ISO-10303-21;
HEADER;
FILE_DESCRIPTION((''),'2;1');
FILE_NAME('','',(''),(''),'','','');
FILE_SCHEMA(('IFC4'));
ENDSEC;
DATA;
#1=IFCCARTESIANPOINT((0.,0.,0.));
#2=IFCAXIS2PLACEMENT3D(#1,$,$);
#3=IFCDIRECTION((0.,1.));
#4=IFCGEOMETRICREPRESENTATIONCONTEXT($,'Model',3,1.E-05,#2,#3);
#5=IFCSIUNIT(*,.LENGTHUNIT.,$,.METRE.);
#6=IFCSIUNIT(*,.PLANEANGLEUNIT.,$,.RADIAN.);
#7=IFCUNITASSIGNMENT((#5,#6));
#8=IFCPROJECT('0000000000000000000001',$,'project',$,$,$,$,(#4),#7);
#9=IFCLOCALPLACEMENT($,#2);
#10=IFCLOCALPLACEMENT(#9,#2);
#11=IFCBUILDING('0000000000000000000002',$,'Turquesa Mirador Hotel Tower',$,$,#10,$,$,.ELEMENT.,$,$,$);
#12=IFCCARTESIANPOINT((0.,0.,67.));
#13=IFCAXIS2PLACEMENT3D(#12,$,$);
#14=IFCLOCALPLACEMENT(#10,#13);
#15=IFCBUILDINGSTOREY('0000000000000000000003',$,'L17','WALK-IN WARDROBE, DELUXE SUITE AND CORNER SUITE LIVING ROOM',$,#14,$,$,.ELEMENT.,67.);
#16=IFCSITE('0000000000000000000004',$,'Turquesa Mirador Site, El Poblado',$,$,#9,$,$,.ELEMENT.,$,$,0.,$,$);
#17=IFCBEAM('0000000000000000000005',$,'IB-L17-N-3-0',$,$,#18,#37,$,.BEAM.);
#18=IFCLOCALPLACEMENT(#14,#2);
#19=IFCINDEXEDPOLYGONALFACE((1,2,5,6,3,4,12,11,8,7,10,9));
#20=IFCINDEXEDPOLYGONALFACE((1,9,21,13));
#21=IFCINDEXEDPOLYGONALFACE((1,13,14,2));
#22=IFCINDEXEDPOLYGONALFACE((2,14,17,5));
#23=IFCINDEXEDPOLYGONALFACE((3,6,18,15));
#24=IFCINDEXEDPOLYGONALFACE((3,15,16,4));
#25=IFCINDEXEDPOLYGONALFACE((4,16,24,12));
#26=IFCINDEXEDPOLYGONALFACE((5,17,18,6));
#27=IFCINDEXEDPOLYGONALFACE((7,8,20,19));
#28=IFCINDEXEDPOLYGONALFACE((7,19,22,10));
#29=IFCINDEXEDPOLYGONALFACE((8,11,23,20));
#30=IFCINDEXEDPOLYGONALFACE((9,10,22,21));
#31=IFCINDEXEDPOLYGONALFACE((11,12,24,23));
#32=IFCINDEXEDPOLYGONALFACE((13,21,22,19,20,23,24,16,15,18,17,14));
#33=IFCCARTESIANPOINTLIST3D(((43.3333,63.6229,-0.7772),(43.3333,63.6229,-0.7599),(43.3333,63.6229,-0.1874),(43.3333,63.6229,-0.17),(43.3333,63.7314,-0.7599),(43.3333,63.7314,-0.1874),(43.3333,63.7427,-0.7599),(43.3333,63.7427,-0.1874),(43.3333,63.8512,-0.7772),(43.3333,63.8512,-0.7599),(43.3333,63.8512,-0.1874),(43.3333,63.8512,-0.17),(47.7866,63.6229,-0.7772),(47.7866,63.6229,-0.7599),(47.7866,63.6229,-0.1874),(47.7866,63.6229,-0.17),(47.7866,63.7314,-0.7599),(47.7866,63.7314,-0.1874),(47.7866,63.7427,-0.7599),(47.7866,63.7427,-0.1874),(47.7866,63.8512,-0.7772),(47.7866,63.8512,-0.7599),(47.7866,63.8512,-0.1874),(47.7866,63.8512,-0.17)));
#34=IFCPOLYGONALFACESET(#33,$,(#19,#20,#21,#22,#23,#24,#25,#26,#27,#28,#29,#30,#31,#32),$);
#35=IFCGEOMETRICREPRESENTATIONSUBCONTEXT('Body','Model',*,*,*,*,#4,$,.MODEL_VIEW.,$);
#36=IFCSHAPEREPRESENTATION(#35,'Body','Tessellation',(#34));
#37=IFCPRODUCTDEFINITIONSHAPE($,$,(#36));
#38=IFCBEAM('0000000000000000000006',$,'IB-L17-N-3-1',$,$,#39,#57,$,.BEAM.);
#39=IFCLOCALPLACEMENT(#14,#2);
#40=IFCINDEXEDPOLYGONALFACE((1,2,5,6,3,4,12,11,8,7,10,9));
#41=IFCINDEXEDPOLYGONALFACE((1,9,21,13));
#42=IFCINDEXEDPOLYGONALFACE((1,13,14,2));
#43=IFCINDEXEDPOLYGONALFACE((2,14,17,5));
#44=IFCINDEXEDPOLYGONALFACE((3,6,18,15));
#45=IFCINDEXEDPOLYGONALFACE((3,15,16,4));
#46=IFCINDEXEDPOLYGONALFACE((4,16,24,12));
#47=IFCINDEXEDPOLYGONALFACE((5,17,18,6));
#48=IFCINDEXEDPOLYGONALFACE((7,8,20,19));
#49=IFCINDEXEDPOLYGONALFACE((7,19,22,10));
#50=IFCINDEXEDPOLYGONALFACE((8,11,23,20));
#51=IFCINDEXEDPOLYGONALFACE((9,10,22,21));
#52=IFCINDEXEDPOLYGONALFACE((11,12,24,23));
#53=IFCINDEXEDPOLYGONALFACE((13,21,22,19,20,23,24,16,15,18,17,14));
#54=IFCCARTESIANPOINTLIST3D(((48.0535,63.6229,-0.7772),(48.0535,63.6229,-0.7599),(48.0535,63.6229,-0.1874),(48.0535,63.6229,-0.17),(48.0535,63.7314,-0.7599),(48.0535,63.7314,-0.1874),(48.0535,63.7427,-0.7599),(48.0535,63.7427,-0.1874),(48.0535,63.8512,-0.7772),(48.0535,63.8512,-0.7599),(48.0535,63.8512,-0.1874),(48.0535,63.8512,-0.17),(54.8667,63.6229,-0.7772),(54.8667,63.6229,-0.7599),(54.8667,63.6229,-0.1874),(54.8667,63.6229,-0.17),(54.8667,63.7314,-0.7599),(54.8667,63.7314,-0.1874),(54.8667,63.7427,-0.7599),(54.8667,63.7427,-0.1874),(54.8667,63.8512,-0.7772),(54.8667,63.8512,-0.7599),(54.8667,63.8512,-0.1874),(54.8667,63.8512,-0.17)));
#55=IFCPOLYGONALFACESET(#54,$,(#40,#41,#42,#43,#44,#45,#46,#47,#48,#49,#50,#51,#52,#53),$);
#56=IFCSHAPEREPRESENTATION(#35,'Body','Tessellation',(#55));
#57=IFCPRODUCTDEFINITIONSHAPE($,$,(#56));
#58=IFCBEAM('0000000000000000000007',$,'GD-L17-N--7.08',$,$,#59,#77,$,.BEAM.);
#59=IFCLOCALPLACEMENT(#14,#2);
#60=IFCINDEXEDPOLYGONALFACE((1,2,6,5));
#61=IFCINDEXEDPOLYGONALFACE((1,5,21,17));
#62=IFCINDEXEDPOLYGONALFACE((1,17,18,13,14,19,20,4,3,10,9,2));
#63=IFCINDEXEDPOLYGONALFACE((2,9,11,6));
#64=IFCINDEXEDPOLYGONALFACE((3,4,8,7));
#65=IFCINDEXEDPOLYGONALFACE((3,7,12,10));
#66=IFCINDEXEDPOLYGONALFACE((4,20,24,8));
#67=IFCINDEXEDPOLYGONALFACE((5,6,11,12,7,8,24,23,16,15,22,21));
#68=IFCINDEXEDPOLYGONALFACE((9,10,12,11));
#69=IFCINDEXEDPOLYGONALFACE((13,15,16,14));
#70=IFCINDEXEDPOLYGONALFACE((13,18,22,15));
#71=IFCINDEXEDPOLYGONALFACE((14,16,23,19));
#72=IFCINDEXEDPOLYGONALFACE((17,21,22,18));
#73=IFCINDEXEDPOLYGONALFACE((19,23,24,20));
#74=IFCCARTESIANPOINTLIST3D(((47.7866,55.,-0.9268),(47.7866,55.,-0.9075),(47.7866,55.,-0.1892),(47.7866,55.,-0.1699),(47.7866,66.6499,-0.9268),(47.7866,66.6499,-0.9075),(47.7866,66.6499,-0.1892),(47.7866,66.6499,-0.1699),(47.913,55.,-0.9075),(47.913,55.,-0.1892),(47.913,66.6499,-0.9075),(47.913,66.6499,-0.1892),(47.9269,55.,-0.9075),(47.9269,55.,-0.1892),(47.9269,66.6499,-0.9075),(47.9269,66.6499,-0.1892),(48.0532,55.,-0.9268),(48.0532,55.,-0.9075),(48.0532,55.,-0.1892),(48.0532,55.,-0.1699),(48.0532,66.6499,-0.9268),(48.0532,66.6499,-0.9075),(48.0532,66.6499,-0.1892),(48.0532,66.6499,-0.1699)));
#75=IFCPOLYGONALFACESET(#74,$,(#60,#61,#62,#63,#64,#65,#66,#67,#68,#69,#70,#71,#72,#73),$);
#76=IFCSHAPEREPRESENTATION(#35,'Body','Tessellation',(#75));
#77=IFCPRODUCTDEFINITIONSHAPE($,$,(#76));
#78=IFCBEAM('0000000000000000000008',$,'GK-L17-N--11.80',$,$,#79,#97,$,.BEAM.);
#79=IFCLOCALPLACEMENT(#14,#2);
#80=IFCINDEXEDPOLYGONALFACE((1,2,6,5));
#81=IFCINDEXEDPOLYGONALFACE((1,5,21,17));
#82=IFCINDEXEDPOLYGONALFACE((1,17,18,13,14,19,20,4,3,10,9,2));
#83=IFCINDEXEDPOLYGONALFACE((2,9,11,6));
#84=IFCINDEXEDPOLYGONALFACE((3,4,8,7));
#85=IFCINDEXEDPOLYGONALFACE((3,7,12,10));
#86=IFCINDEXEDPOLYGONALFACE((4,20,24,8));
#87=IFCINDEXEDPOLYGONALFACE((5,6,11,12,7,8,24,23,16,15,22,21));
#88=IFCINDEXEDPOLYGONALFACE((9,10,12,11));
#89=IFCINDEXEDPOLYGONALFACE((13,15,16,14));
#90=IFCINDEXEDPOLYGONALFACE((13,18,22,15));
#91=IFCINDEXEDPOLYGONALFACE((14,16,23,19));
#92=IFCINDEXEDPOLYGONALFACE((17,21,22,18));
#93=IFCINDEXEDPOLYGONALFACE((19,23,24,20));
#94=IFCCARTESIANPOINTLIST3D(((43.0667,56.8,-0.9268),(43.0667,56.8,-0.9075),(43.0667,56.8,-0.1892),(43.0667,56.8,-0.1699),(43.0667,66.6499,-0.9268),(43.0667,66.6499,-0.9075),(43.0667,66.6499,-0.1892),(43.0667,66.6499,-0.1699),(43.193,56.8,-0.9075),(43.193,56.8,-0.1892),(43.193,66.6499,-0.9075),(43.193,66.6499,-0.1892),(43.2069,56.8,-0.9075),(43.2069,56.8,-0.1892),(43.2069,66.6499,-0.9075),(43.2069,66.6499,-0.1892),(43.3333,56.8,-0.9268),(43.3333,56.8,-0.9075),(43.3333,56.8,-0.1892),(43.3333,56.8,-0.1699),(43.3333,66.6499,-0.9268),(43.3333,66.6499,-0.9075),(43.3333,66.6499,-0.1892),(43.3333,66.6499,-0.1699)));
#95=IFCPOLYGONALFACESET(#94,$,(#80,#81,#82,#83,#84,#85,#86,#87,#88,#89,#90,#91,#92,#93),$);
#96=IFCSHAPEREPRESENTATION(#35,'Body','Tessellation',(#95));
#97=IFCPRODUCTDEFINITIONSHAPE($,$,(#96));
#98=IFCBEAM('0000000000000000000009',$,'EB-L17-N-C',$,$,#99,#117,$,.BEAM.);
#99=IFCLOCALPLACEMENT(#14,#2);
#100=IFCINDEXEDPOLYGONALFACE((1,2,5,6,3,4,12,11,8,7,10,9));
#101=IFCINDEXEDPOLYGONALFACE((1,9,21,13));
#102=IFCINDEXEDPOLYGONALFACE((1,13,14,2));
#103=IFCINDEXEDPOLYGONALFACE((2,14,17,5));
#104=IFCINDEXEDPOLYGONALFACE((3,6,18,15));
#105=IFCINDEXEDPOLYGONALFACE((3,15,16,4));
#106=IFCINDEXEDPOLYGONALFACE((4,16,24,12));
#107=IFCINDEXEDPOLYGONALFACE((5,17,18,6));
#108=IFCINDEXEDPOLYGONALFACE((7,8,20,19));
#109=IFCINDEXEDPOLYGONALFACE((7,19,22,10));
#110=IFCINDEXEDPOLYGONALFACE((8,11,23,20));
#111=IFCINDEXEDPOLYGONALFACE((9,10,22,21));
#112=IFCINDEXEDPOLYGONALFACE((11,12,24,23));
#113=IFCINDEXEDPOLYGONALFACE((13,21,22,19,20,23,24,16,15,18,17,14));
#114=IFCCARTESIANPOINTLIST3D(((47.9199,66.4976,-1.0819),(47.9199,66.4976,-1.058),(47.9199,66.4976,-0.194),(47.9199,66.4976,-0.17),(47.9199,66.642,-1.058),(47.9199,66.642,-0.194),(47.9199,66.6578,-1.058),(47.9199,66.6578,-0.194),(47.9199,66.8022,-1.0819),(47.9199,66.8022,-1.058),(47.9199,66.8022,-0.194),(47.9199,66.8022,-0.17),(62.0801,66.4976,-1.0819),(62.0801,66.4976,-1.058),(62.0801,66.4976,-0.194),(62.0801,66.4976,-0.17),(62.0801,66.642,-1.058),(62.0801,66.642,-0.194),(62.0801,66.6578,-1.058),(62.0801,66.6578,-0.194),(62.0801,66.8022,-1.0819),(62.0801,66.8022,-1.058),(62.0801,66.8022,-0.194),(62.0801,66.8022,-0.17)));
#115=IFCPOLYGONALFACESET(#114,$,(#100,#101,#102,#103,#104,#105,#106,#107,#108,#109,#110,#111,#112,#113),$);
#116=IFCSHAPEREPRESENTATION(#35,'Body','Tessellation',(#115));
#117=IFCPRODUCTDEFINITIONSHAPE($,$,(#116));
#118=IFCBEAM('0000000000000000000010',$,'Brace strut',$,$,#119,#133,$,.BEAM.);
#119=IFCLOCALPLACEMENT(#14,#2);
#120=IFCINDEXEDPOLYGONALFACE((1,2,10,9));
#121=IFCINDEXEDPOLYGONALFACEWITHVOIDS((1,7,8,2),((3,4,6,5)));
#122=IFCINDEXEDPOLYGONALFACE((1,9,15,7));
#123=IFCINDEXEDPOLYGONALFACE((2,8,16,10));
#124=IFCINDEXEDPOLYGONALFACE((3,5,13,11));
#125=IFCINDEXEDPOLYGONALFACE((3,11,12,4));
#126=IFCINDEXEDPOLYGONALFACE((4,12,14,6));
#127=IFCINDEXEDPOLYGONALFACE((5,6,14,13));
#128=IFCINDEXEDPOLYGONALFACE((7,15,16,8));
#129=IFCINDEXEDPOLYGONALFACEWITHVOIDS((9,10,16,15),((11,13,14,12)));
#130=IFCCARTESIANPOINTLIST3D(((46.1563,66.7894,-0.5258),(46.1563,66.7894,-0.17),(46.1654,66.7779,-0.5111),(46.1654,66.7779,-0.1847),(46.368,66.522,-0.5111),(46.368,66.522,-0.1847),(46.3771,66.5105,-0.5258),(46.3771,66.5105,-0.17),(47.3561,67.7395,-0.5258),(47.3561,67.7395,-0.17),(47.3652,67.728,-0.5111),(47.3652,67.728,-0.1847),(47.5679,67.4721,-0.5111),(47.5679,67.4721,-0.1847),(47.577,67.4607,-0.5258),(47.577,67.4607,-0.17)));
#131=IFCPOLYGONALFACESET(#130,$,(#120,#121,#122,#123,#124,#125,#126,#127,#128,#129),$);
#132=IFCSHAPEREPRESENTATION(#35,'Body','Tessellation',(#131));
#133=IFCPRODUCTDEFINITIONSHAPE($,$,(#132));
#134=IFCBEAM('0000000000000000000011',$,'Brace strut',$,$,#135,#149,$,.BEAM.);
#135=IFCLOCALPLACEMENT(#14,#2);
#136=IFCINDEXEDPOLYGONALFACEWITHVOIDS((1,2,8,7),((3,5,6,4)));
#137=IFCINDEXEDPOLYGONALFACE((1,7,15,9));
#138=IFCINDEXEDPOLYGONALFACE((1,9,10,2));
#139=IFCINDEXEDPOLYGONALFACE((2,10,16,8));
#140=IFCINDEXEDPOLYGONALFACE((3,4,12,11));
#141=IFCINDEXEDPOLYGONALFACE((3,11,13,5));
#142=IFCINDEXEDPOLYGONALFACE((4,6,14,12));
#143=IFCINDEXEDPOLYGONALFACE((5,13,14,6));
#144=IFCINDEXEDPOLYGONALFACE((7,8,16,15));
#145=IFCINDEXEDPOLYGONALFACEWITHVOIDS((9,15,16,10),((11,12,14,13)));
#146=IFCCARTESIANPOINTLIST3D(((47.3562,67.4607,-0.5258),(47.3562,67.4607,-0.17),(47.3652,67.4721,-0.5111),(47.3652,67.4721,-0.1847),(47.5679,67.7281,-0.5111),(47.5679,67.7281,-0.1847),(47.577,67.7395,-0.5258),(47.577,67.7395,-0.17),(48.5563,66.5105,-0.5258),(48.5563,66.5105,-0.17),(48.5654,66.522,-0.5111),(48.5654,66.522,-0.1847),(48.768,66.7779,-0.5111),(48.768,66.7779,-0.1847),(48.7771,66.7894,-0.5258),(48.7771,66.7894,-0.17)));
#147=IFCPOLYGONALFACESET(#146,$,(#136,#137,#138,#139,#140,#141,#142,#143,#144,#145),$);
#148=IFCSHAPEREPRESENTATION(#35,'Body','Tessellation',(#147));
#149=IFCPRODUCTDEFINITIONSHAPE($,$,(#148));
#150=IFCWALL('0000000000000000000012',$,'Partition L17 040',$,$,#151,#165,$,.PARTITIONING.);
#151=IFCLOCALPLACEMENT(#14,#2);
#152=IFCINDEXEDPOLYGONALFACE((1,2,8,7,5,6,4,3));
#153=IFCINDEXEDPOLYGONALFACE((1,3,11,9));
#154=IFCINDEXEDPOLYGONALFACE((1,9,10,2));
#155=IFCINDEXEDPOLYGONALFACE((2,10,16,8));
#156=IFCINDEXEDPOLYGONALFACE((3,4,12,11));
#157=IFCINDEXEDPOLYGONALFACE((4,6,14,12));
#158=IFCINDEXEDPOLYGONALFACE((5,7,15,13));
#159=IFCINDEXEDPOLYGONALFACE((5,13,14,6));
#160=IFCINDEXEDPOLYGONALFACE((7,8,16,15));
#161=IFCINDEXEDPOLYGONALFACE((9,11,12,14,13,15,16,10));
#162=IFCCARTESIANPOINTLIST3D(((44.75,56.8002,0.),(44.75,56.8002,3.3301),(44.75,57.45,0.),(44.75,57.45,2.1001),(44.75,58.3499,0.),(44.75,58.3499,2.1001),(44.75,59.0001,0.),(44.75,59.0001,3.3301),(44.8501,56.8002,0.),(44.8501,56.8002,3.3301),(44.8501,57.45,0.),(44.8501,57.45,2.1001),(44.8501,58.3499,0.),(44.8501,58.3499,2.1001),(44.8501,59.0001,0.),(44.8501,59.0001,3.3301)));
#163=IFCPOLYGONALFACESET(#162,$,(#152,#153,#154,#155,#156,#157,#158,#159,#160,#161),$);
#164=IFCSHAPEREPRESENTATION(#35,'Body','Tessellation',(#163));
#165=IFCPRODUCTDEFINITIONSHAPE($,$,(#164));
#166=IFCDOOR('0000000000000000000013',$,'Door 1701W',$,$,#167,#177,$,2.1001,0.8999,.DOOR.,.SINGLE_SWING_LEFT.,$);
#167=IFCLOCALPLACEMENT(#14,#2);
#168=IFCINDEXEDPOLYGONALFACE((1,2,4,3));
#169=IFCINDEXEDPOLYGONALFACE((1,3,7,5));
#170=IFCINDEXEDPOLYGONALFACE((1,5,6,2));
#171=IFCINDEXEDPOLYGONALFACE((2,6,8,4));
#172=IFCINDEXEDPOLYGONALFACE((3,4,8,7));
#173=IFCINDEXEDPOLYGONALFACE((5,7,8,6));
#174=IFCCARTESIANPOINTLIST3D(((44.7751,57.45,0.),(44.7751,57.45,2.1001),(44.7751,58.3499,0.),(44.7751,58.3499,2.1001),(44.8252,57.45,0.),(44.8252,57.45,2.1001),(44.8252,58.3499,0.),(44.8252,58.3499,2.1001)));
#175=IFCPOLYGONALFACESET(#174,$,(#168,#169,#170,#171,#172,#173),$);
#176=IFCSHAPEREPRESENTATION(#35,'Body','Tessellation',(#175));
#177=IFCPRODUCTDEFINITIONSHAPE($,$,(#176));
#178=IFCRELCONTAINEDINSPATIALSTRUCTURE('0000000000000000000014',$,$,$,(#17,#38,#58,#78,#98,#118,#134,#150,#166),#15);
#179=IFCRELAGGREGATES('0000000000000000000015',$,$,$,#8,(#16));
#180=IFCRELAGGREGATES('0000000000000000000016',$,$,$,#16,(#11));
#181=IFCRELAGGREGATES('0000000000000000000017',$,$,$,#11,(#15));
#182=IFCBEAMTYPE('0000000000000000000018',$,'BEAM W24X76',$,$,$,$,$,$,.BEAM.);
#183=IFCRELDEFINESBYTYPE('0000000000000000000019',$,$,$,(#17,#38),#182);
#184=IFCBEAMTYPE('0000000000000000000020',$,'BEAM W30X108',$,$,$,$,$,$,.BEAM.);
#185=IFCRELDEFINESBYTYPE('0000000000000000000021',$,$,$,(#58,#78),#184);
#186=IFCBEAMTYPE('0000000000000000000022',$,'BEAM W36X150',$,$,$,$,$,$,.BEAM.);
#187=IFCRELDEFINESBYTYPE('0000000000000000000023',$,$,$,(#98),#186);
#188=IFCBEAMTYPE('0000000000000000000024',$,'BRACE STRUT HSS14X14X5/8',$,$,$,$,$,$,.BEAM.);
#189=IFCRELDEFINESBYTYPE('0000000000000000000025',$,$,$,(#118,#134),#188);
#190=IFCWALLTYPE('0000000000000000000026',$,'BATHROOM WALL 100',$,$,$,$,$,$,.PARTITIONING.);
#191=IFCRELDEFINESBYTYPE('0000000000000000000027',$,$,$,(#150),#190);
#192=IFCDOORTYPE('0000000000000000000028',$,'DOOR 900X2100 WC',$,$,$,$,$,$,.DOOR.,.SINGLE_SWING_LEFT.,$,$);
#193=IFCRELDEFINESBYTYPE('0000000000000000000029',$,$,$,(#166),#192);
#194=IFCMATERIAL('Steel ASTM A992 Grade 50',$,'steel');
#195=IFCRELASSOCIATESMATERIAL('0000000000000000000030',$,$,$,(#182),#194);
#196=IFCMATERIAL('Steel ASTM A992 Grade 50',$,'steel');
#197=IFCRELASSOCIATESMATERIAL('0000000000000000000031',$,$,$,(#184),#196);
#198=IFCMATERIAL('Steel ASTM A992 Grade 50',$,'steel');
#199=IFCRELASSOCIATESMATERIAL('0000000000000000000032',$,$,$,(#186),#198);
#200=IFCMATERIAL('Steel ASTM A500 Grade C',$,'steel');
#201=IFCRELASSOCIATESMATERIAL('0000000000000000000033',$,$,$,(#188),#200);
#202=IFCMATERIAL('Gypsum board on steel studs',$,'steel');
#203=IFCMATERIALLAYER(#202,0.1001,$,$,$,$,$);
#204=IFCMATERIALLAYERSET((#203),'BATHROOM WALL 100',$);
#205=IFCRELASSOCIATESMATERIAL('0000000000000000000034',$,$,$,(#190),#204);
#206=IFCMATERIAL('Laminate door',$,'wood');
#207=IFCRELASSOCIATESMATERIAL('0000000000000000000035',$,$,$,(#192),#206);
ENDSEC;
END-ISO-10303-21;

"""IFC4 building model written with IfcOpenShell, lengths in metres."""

from ifc_helpers import new_model, si_unit, direction, frame, frame_2d, origin, origin_2d, place, context, subcontext, project, spatial, rectangle, hollow_rectangle, i_section, extrude, material, layer, layer_set, material_profile, profile_set, type_object, element, fill, save


model = new_model("IFC4")

# Units and contexts
model_context = context("Model", 3, precision=1e-05, world=origin(), true_north=direction((0.0, 1.0)))
body_context = subcontext(model_context, "Body", "Model", "MODEL_VIEW")
ifc_project = project(units=[si_unit("LENGTHUNIT", "METRE"), si_unit("PLANEANGLEUNIT", "RADIAN")], contexts=[model_context])

# Site, building, storey
site_placement = place(None, origin())
site = spatial("IfcSite", under=ifc_project, at=site_placement, Name="Turquesa Mirador Site, El Poblado", CompositionType="ELEMENT", RefElevation=0.0)
building_placement = place(site_placement, origin())
building = spatial("IfcBuilding", under=site, at=building_placement, Name="Turquesa Mirador Hotel Tower", CompositionType="ELEMENT")
storey_placement = place(building_placement, frame((0.0, 0.0, 67.0)))
storey = spatial("IfcBuildingStorey", under=building, at=storey_placement, Name="L17", Description="WALK-IN WARDROBE, DELUXE SUITE AND CORNER SUITE LIVING ROOM", CompositionType="ELEMENT", Elevation=67.0)

# Beams
ifc_material_1 = material(Name="Steel ASTM A992 Grade 50", Category="steel")
ifc_material_profile_1 = material_profile(ifc_material_1, i_section(OverallWidth=0.2283, OverallDepth=0.6072, WebThickness=0.0112, FlangeThickness=0.0173, at=origin_2d()), Name="W24X76")
ifc_profile_set_1 = profile_set([ifc_material_profile_1], Name="Steel ASTM A992 Grade 50")
beam_type_1 = type_object("IfcBeamType", Name="BEAM W24X76", PredefinedType="BEAM", material=ifc_profile_set_1)
beam_1_placement = place(storey_placement, frame((43.3333, 63.7371, -0.4736), z_axis=(1.0, 0.0, 0.0), x_axis=(0.0, 1.0, 0.0)))
element("IfcBeam", 1, at=beam_1_placement, inside=storey, type_object=beam_type_1, Name="IB-L17-N-3-0", PredefinedType="BEAM", context=body_context, shape_type="SweptSolid", body=[
    extrude(i_section(OverallWidth=0.2283, OverallDepth=0.6072, WebThickness=0.0112, FlangeThickness=0.0173, at=origin_2d()), origin(), (0.0, 0.0, 1.0), 4.4534),
])
beam_2_placement = place(storey_placement, frame((48.0535, 63.7371, -0.4736), z_axis=(1.0, 0.0, 0.0), x_axis=(0.0, 1.0, 0.0)))
element("IfcBeam", 2, at=beam_2_placement, inside=storey, type_object=beam_type_1, Name="IB-L17-N-3-1", PredefinedType="BEAM", context=body_context, shape_type="SweptSolid", body=[
    extrude(i_section(OverallWidth=0.2283, OverallDepth=0.6072, WebThickness=0.0112, FlangeThickness=0.0173, at=origin_2d()), origin(), (0.0, 0.0, 1.0), 6.8132),
])
ifc_material_2 = material(Name="Steel ASTM A992 Grade 50", Category="steel")
ifc_material_profile_2 = material_profile(ifc_material_2, i_section(OverallWidth=0.2666, OverallDepth=0.7568, WebThickness=0.0139, FlangeThickness=0.0193, at=origin_2d()), Name="W30X108")
ifc_profile_set_2 = profile_set([ifc_material_profile_2], Name="Steel ASTM A992 Grade 50")
beam_type_2 = type_object("IfcBeamType", Name="BEAM W30X108", PredefinedType="BEAM", material=ifc_profile_set_2)
beam_3_placement = place(storey_placement, frame((47.9199, 66.6499, -0.5483), z_axis=(0.0, -1.0, 0.0), x_axis=(1.0, 0.0, 0.0)))
element("IfcBeam", 3, at=beam_3_placement, inside=storey, type_object=beam_type_2, Name="GD-L17-N--7.08", PredefinedType="BEAM", context=body_context, shape_type="SweptSolid", body=[
    extrude(i_section(OverallWidth=0.2666, OverallDepth=0.7568, WebThickness=0.0139, FlangeThickness=0.0193, at=origin_2d()), origin(), (0.0, 0.0, 1.0), 11.6499),
])
beam_4_placement = place(storey_placement, frame((43.2, 66.6499, -0.5483), z_axis=(0.0, -1.0, 0.0), x_axis=(1.0, 0.0, 0.0)))
element("IfcBeam", 4, at=beam_4_placement, inside=storey, type_object=beam_type_2, Name="GK-L17-N--11.80", PredefinedType="BEAM", context=body_context, shape_type="SweptSolid", body=[
    extrude(i_section(OverallWidth=0.2666, OverallDepth=0.7568, WebThickness=0.0139, FlangeThickness=0.0193, at=origin_2d()), origin(), (0.0, 0.0, 1.0), 9.8499),
])
ifc_material_3 = material(Name="Steel ASTM A992 Grade 50", Category="steel")
ifc_material_profile_3 = material_profile(ifc_material_3, i_section(OverallWidth=0.3047, OverallDepth=0.9119, WebThickness=0.0159, FlangeThickness=0.0239, at=origin_2d()), Name="W36X150")
ifc_profile_set_3 = profile_set([ifc_material_profile_3], Name="Steel ASTM A992 Grade 50")
beam_type_3 = type_object("IfcBeamType", Name="BEAM W36X150", PredefinedType="BEAM", material=ifc_profile_set_3)
beam_5_placement = place(storey_placement, frame((47.9199, 66.6499, -0.626), z_axis=(1.0, 0.0, 0.0), x_axis=(0.0, 1.0, 0.0)))
element("IfcBeam", 5, at=beam_5_placement, inside=storey, type_object=beam_type_3, Name="EB-L17-N-C", PredefinedType="BEAM", context=body_context, shape_type="SweptSolid", body=[
    extrude(i_section(OverallWidth=0.3047, OverallDepth=0.9119, WebThickness=0.0159, FlangeThickness=0.0239, at=origin_2d()), origin(), (0.0, 0.0, 1.0), 14.1602),
])
ifc_material_4 = material(Name="Steel ASTM A500 Grade C", Category="steel")
ifc_material_profile_4 = material_profile(ifc_material_4, hollow_rectangle(XDim=0.3557, YDim=0.3557, WallThickness=0.0146, at=origin_2d()), Name="HSS14X14X5/8")
ifc_profile_set_4 = profile_set([ifc_material_profile_4], Name="Steel ASTM A500 Grade C")
beam_type_4 = type_object("IfcBeamType", Name="BRACE STRUT HSS14X14X5/8", PredefinedType="BEAM", material=ifc_profile_set_4)
beam_6_placement = place(storey_placement, frame((47.4666, 67.6001, -0.3479), z_axis=(-0.783971, -0.620797, 0.0), x_axis=(0.620797, -0.783971, 0.0)))
element("IfcBeam", 6, at=beam_6_placement, inside=storey, type_object=beam_type_4, Name="Brace strut", PredefinedType="BEAM", context=body_context, shape_type="SweptSolid", body=[
    extrude(hollow_rectangle(XDim=0.3557, YDim=0.3557, WallThickness=0.0146, at=origin_2d()), origin(), (0.0, 0.0, 1.0), 1.5305),
])
beam_7_placement = place(storey_placement, frame((47.4666, 67.6001, -0.3479), z_axis=(0.784033, -0.620719, 0.0), x_axis=(0.620719, 0.784033, 0.0)))
element("IfcBeam", 7, at=beam_7_placement, inside=storey, type_object=beam_type_4, Name="Brace strut", PredefinedType="BEAM", context=body_context, shape_type="SweptSolid", body=[
    extrude(hollow_rectangle(XDim=0.3557, YDim=0.3557, WallThickness=0.0146, at=origin_2d()), origin(), (0.0, 0.0, 1.0), 1.5308),
])

# Wall, opening, door
ifc_material_5 = material(Name="Gypsum board on steel studs", Category="steel")
ifc_layer_1 = layer(ifc_material_5, 0.1001)
ifc_layer_set_1 = layer_set([ifc_layer_1], Name="BATHROOM WALL 100")
wall_type_1 = type_object("IfcWallType", Name="BATHROOM WALL 100", PredefinedType="PARTITIONING", material=ifc_layer_set_1)
wall_1_placement = place(storey_placement, frame((44.8, 56.8, 0.0), z_axis=(0.0, 0.0, 1.0), x_axis=(0.0, 1.0, 0.0)))
wall_1 = element("IfcWall", 8, at=wall_1_placement, inside=storey, type_object=wall_type_1, Name="Partition L17 040", PredefinedType="PARTITIONING", context=body_context, shape_type="SweptSolid", body=[
    extrude(rectangle(XDim=2.2, YDim=0.1001, at=frame_2d((1.1001, 0.0))), origin(), (0.0, 0.0, 1.0), 3.3301),
])
opening_placement = place(wall_1_placement, frame((0.6499, 0.0, 0.0)))
opening = element("IfcOpeningElement", 9, at=opening_placement, cuts=wall_1, PredefinedType="OPENING", context=body_context, shape_type="SweptSolid", body=[
    extrude(rectangle(XDim=0.8999, YDim=2.1001, at=frame_2d((0.45, 1.05))), frame((0.0, 0.0601, 0.0), z_axis=(0.0, -1.0, 0.0), x_axis=(1.0, 0.0, 0.0)), (0.0, 0.0, 1.0), 0.1201),
])
ifc_material_6 = material(Name="Laminate door", Category="wood")
door_type = type_object("IfcDoorType", Name="DOOR 900X2100 WC", OperationType="SINGLE_SWING_LEFT", PredefinedType="DOOR", material=ifc_material_6)
door_placement = place(opening_placement, origin())
door = element("IfcDoor", 10, at=door_placement, inside=storey, type_object=door_type, Name="Door 1701W", OperationType="SINGLE_SWING_LEFT", OverallHeight=2.1001, OverallWidth=0.8999, PredefinedType="DOOR", context=body_context, shape_type="SweptSolid", body=[
    extrude(rectangle(XDim=0.8999, YDim=2.1001, at=frame_2d((0.45, 1.05))), frame((0.0, 0.0249, 0.0), z_axis=(0.0, -1.0, 0.0), x_axis=(1.0, 0.0, 0.0)), (0.0, 0.0, 1.0), 0.05),
])
fill(opening, door)

save(model, "model.ifc")
